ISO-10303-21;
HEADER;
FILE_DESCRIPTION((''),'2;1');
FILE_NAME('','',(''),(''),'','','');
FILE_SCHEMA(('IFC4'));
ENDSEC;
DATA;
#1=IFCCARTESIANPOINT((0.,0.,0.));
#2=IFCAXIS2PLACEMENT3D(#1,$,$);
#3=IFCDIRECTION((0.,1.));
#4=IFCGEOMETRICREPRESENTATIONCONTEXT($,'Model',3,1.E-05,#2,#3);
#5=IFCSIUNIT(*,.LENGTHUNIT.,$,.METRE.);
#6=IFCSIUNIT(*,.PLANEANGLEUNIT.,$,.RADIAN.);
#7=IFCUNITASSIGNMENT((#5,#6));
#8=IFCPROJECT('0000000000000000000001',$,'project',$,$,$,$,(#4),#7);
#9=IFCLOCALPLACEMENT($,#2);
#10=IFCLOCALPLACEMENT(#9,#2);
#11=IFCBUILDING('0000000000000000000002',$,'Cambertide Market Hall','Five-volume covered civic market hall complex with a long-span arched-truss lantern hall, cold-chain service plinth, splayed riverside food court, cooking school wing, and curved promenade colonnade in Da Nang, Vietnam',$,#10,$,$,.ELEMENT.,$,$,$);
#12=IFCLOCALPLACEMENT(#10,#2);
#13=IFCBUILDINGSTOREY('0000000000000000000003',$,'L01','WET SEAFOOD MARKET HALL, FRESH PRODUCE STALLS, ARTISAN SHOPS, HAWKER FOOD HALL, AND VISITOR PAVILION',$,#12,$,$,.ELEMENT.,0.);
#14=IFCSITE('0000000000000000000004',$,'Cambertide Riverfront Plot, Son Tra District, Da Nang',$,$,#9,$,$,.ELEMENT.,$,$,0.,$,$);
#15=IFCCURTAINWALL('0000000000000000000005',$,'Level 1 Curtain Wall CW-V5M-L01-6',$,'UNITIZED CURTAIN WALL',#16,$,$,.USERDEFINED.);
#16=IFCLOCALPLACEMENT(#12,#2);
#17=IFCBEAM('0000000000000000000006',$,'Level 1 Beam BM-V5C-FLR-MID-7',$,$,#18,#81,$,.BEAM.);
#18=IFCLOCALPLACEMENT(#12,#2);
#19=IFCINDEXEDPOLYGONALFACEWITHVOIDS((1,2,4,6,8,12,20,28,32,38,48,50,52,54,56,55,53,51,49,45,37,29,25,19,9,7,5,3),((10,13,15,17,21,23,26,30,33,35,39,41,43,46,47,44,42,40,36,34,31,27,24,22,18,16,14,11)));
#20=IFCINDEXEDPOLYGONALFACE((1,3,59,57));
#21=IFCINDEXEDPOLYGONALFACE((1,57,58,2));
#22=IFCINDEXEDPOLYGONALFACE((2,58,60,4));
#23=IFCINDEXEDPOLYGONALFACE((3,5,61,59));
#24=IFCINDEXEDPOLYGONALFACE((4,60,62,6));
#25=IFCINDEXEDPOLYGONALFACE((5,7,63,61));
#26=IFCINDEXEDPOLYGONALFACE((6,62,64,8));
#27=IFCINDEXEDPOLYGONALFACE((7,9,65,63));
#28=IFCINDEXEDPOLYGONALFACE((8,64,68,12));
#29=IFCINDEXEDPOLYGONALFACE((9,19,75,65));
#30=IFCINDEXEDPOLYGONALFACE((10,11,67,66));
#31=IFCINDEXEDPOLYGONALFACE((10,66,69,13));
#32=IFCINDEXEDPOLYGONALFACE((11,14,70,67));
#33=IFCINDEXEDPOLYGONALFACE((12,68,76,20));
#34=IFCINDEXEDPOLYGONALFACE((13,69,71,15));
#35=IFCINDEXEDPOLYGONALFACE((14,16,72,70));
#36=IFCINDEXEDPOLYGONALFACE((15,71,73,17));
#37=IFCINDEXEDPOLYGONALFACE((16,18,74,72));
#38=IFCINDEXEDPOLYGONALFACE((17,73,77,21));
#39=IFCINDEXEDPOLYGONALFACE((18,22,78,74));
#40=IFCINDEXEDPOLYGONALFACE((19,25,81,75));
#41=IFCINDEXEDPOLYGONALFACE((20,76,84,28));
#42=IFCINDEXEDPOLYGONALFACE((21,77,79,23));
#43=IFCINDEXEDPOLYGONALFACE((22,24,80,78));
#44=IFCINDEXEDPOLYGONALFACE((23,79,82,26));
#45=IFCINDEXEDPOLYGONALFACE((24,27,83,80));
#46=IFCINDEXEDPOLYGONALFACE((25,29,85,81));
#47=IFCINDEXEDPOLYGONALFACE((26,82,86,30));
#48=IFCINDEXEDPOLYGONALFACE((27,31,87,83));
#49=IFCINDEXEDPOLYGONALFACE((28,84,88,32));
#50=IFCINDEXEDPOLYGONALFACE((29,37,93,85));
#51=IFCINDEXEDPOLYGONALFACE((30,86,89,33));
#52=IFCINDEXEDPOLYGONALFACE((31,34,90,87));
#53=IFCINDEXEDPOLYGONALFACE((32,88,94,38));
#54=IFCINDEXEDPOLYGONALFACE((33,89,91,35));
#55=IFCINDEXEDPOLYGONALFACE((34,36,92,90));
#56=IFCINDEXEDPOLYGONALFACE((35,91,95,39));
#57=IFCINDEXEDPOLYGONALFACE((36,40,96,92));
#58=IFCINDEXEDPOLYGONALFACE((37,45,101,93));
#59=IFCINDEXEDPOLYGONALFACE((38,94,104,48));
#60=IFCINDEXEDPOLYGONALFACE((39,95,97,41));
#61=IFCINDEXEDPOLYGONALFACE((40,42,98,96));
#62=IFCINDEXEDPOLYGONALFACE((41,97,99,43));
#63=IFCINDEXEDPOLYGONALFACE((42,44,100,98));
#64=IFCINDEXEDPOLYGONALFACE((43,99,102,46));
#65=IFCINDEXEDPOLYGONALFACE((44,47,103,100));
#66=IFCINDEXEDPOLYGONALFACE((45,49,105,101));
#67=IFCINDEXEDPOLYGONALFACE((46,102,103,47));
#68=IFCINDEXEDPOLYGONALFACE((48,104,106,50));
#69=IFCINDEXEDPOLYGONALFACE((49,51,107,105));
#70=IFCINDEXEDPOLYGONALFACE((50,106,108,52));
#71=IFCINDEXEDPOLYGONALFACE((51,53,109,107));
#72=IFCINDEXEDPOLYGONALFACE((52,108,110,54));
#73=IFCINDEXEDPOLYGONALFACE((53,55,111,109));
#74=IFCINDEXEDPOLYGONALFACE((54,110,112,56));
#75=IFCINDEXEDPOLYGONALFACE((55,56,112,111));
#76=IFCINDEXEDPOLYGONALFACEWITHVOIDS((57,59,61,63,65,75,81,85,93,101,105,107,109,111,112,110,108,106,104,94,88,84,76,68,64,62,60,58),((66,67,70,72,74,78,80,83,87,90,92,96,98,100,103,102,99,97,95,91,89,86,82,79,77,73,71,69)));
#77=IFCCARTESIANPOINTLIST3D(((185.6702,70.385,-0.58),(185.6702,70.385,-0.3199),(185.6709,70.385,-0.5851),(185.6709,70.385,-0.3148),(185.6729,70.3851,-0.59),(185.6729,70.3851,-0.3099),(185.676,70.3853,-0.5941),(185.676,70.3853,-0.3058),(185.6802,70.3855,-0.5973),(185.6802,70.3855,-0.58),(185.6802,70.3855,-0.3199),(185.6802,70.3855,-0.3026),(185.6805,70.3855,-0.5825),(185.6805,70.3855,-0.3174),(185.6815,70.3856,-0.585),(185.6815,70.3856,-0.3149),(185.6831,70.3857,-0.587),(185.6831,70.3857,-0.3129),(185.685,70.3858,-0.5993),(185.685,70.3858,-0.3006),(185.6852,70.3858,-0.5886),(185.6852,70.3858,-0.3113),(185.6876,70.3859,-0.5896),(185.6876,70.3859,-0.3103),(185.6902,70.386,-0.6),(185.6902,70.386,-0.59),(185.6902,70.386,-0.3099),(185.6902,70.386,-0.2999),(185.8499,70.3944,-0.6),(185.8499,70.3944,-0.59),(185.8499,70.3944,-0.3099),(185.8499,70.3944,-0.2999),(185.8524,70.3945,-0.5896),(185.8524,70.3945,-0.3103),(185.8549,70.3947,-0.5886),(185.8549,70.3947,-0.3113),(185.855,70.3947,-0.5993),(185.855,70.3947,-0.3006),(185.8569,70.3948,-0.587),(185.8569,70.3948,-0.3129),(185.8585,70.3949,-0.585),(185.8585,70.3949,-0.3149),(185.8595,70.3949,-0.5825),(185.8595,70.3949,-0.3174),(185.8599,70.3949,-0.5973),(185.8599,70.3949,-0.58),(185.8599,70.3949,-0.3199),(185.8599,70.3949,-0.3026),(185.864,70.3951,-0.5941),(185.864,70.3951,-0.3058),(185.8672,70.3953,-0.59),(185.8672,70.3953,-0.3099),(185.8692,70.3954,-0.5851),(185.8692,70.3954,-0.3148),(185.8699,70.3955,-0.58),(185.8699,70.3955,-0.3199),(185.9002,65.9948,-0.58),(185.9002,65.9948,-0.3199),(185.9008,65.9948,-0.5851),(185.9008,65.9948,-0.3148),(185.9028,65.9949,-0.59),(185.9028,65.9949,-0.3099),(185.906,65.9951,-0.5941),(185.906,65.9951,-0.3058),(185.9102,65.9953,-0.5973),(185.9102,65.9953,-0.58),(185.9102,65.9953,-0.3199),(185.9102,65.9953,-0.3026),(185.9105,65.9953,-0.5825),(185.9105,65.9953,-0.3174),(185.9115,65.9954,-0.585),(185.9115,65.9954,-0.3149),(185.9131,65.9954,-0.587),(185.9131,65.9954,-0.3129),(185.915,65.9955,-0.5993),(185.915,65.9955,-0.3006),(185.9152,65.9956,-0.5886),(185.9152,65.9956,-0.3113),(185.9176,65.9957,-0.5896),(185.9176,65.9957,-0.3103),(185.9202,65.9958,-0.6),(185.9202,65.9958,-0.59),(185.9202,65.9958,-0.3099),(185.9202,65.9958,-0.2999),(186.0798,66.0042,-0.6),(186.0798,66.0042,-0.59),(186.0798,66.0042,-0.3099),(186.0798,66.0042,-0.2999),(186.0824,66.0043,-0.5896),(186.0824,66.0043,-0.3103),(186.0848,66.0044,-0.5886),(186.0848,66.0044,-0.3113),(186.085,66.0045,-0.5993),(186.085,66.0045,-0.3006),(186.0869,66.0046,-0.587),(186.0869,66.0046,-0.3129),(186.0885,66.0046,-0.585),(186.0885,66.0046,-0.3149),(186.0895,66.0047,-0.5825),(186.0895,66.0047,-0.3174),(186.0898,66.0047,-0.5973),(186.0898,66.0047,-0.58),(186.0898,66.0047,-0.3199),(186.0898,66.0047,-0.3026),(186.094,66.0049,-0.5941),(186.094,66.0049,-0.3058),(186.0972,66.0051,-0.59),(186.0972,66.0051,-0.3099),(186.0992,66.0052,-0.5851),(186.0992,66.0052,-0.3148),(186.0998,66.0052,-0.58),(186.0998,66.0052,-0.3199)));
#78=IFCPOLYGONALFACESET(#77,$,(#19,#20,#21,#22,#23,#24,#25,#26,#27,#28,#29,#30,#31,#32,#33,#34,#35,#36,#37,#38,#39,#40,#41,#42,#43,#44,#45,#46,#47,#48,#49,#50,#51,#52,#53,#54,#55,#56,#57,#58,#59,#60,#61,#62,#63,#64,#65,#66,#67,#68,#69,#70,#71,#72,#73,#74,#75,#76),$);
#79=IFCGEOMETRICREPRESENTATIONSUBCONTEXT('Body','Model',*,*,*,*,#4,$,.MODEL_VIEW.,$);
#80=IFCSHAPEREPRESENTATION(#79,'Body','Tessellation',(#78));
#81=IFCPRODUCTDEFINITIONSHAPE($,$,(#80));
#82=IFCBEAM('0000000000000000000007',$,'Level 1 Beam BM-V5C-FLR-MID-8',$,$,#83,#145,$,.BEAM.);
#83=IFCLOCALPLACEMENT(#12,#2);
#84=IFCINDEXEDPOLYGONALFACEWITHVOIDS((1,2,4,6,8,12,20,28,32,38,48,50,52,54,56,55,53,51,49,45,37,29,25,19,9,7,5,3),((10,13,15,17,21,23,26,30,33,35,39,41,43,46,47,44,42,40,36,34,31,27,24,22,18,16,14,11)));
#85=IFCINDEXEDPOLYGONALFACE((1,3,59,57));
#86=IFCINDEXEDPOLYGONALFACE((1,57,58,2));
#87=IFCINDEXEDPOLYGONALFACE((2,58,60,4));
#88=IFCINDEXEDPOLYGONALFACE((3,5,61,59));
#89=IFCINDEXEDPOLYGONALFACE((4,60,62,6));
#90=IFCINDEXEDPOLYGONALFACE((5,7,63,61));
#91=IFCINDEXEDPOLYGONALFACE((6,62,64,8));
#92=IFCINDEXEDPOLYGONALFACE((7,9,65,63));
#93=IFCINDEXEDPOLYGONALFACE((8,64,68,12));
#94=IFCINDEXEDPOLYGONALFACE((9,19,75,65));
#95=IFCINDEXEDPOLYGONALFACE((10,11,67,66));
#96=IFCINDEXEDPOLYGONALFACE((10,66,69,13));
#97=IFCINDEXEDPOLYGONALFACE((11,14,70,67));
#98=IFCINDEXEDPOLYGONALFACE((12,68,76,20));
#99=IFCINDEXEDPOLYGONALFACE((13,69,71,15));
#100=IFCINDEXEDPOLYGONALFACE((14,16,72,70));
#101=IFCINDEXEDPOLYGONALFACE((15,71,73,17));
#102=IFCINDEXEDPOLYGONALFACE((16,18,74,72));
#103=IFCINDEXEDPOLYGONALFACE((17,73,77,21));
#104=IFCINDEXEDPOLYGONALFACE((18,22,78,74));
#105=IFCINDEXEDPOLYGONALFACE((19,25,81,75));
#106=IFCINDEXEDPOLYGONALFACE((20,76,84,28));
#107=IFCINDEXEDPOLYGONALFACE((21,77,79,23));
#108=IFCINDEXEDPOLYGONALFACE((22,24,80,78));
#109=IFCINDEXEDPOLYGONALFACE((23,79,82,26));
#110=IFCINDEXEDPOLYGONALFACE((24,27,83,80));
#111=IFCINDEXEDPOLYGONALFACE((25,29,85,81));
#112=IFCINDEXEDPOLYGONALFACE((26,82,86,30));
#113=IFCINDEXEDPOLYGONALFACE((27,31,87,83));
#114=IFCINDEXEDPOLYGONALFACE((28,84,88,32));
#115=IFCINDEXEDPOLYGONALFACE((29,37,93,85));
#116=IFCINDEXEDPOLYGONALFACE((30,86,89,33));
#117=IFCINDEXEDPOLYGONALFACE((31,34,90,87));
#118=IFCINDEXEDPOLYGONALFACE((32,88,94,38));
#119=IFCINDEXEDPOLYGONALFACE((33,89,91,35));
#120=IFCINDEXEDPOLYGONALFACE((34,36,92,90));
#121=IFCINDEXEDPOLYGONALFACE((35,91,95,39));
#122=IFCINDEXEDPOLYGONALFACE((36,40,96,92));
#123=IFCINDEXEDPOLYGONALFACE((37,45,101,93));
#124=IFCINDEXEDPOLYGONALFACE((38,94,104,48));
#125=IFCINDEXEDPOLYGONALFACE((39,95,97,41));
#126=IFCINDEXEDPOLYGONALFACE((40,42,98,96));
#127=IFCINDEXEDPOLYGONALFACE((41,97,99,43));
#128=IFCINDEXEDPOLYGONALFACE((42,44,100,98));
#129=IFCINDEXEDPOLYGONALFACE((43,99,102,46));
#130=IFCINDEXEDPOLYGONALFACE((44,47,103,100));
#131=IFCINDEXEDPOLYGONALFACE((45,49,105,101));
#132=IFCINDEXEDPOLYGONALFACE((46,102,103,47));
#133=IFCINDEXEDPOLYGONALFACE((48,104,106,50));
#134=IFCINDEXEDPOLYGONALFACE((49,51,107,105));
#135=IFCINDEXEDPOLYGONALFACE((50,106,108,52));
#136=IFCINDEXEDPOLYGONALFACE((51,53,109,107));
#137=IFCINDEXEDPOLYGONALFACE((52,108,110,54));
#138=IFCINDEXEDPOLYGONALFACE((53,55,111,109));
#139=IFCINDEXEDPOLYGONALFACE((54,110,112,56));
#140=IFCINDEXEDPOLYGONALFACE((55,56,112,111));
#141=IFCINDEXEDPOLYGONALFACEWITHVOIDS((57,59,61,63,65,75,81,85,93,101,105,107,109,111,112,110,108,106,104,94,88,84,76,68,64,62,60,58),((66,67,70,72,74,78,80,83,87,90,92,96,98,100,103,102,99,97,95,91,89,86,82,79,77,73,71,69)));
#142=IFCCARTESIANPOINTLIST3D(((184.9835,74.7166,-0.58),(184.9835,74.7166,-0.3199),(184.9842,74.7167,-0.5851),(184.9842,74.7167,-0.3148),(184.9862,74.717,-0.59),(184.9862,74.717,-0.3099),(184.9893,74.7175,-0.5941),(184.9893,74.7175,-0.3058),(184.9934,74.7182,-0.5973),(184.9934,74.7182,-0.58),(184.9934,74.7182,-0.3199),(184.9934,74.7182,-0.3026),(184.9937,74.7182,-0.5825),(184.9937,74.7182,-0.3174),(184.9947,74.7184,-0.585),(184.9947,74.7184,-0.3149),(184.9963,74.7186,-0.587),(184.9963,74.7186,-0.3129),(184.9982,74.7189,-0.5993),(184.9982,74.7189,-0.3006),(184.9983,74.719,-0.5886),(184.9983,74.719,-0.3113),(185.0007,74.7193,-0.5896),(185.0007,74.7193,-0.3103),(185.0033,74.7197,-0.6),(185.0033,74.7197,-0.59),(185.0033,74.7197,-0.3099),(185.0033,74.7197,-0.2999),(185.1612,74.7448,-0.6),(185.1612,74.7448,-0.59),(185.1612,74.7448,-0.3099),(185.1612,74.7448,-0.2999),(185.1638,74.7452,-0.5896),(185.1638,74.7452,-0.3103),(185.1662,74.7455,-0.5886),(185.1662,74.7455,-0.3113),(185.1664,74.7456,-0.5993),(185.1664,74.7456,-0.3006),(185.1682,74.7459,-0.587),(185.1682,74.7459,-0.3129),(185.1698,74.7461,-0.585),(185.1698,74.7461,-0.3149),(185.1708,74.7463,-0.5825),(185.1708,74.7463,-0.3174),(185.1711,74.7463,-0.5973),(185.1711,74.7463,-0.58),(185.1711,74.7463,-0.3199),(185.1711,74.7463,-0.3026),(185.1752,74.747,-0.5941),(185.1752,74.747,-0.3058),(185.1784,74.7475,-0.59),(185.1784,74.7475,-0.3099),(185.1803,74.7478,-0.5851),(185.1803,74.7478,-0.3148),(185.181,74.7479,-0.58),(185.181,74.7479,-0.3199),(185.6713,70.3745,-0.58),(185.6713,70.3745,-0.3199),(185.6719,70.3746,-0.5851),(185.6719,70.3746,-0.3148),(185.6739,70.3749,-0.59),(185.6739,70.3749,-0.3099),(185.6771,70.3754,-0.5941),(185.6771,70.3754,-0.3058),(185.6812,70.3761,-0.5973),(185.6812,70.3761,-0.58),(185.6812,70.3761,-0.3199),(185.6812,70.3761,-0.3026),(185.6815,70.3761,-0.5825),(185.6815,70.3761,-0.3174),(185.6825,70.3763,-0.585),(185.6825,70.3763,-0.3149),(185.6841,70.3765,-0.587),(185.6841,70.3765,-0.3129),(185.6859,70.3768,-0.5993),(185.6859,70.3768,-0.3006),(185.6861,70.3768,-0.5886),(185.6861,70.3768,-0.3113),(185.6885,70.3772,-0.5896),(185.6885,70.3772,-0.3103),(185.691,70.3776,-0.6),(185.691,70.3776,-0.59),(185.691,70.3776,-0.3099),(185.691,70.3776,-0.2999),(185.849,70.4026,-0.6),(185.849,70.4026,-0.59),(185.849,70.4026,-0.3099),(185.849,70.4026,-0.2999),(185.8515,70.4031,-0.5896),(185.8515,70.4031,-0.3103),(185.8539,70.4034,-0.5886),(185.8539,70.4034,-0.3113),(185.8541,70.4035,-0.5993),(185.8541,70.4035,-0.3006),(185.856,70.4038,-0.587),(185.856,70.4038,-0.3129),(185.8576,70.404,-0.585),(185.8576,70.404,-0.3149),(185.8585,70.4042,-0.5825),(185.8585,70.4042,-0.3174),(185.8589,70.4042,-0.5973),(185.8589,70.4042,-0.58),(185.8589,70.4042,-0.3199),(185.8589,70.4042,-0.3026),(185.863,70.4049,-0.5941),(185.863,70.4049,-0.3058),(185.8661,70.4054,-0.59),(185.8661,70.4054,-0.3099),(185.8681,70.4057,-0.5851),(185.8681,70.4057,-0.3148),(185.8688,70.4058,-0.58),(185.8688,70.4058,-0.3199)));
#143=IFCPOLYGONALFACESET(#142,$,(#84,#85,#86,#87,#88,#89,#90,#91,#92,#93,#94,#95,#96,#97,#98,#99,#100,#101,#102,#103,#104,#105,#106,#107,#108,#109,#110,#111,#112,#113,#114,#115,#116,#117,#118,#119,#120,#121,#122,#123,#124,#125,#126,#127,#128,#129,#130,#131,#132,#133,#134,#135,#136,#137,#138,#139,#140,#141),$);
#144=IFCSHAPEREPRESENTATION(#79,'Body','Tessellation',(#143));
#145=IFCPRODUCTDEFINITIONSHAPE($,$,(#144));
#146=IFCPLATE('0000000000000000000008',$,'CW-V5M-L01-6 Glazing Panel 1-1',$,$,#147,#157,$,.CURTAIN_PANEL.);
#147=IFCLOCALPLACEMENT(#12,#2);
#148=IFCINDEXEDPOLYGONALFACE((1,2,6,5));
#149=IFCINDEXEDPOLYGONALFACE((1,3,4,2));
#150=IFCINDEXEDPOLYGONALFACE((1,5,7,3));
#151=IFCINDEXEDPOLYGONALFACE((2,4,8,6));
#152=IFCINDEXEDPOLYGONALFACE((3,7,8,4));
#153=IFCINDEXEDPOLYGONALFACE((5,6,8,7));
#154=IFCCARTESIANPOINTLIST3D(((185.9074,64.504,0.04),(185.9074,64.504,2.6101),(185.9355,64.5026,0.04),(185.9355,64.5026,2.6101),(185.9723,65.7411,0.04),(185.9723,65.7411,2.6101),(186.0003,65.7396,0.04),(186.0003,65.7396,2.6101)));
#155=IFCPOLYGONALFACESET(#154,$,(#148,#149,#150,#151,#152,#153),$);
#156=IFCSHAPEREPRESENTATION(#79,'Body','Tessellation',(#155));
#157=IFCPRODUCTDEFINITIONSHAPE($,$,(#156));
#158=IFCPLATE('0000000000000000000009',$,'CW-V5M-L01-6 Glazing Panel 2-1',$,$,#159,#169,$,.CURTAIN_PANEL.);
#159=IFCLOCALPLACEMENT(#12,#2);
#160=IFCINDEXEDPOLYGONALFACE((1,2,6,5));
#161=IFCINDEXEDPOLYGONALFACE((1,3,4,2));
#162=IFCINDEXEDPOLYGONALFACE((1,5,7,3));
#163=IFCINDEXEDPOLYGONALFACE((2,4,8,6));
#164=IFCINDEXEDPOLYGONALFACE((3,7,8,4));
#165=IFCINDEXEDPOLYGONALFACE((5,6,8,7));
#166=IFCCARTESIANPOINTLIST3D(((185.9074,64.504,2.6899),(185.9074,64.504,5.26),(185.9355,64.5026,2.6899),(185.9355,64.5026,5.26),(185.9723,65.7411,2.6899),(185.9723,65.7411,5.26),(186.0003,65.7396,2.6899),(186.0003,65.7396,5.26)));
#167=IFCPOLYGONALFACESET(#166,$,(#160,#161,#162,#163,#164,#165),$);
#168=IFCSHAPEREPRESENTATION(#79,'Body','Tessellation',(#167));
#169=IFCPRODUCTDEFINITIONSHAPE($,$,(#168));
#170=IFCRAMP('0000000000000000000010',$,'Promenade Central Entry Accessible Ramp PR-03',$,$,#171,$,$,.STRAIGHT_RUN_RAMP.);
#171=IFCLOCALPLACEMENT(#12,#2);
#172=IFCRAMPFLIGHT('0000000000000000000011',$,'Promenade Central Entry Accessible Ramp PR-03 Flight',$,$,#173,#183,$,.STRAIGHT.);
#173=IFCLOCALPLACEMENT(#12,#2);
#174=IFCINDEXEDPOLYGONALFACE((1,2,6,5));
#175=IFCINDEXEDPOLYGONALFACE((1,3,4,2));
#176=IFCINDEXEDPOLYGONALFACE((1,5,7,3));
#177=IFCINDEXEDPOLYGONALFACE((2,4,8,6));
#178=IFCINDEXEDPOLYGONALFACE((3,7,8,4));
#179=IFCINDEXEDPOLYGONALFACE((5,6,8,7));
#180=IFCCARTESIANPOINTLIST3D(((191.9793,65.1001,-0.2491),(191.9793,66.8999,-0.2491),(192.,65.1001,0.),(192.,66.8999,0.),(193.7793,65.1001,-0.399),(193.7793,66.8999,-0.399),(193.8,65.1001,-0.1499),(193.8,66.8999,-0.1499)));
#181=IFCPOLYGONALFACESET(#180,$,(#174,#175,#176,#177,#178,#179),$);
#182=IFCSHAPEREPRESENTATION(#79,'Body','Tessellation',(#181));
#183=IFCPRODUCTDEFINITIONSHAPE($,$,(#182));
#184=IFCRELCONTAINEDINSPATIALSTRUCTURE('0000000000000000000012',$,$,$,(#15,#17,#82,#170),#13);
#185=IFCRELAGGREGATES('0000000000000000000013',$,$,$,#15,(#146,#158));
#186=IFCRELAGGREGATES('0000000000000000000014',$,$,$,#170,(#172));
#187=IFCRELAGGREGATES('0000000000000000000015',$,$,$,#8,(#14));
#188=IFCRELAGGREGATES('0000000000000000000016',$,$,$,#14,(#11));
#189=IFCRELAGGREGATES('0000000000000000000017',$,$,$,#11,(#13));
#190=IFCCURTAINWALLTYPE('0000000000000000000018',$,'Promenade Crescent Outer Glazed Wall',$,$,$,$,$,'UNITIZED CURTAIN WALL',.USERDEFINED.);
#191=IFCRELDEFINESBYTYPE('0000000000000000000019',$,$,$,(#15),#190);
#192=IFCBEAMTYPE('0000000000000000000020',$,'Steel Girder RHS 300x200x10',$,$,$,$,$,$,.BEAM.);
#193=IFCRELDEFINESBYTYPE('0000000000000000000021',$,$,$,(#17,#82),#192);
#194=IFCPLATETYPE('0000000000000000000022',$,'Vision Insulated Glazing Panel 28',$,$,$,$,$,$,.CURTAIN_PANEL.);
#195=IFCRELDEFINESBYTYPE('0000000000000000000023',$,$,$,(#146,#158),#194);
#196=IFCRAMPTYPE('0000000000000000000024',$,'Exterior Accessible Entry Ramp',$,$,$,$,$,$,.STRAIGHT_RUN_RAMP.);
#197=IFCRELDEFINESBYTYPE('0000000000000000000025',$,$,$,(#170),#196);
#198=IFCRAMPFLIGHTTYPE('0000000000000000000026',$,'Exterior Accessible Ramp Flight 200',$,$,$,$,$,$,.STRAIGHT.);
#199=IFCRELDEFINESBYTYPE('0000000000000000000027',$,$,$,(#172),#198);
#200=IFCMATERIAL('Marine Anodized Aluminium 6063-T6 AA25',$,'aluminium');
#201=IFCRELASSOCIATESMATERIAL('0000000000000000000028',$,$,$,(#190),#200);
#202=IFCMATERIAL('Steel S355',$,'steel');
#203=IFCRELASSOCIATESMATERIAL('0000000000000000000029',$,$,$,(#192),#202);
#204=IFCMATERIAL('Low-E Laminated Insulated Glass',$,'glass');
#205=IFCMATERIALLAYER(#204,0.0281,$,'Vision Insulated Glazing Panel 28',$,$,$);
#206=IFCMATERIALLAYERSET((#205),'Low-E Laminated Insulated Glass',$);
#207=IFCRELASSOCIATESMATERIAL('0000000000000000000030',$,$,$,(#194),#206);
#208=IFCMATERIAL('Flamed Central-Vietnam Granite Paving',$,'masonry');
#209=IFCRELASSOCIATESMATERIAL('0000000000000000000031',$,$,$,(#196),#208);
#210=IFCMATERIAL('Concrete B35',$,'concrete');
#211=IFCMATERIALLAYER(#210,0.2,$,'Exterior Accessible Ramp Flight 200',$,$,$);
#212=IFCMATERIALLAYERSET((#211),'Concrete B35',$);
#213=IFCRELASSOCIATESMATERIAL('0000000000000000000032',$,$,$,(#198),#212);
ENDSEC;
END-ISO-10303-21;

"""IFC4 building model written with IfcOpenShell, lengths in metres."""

from ifc_helpers import new_model, si_unit, direction, frame, origin, origin_2d, place, context, subcontext, project, spatial, polyline, rectangle, hollow_rectangle, outline, extrude, material, layer, layer_set, material_profile, profile_set, type_object, element, aggregate, save


model = new_model("IFC4")

# Units and contexts
model_context = context("Model", 3, precision=1e-05, world=origin(), true_north=direction((0.0, 1.0)))
body_context = subcontext(model_context, "Body", "Model", "MODEL_VIEW")
ifc_project = project(units=[si_unit("LENGTHUNIT", "METRE"), si_unit("PLANEANGLEUNIT", "RADIAN")], contexts=[model_context])

# Site, building, storey
site_placement = place(None, origin())
site = spatial("IfcSite", under=ifc_project, at=site_placement, Name="Cambertide Riverfront Plot, Son Tra District, Da Nang", CompositionType="ELEMENT", RefElevation=0.0)
building_placement = place(site_placement, origin())
building = spatial("IfcBuilding", under=site, at=building_placement, Name="Cambertide Market Hall", Description="Five-volume covered civic market hall complex with a long-span arched-truss lantern hall, cold-chain service plinth, splayed riverside food court, cooking school wing, and curved promenade colonnade in Da Nang, Vietnam", CompositionType="ELEMENT")
storey_placement = place(building_placement, origin())
storey = spatial("IfcBuildingStorey", under=building, at=storey_placement, Name="L01", Description="WET SEAFOOD MARKET HALL, FRESH PRODUCE STALLS, ARTISAN SHOPS, HAWKER FOOD HALL, AND VISITOR PAVILION", CompositionType="ELEMENT", Elevation=0.0)

# Curtain wall
ifc_material_1 = material(Name="Marine Anodized Aluminium 6063-T6 AA25", Category="aluminium")
curtain_wall_type = type_object("IfcCurtainWallType", Name="Promenade Crescent Outer Glazed Wall", ElementType="UNITIZED CURTAIN WALL", PredefinedType="USERDEFINED", material=ifc_material_1)
curtain_wall_placement = place(storey_placement, origin())
curtain_wall = element("IfcCurtainWall", 1, at=curtain_wall_placement, inside=storey, type_object=curtain_wall_type, Name="Level 1 Curtain Wall CW-V5M-L01-6", ObjectType="UNITIZED CURTAIN WALL", PredefinedType="USERDEFINED")

# Beams
ifc_material_2 = material(Name="Steel S355", Category="steel")
ifc_material_profile_1 = material_profile(ifc_material_2, hollow_rectangle(XDim=0.2, YDim=0.3, WallThickness=0.01, InnerFilletRadius=0.01, OuterFilletRadius=0.02, at=origin_2d()), Name="RHS 300x200x10")
ifc_profile_set_1 = profile_set([ifc_material_profile_1], Name="Steel S355")
beam_type_1 = type_object("IfcBeamType", Name="Steel Girder RHS 300x200x10", PredefinedType="BEAM", material=ifc_profile_set_1)
for number, where, z_axis, x_axis, name in (
    (2, (186.0, 66.0, -0.45), (-0.052314, 0.998631, 0.0), (-0.998631, -0.052314, 0.0), "Level 1 Beam BM-V5C-FLR-MID-7"),
    (3, (185.77, 70.3901, -0.45), (-0.156442, 0.987687, 0.0), (-0.987687, -0.156442, 0.0), "Level 1 Beam BM-V5C-FLR-MID-8"),
):
    element("IfcBeam", number, at=place(storey_placement, frame(where, z_axis=z_axis, x_axis=x_axis)), inside=storey, type_object=beam_type_1, Name=name, PredefinedType="BEAM", context=body_context, shape_type="SweptSolid", body=[
        extrude(hollow_rectangle(XDim=0.2, YDim=0.3, WallThickness=0.01, InnerFilletRadius=0.01, OuterFilletRadius=0.02, at=origin_2d()), origin(), (0.0, 0.0, 1.0), 4.3962),
    ])

# Plates
ifc_material_3 = material(Name="Low-E Laminated Insulated Glass", Category="glass")
ifc_layer_1 = layer(ifc_material_3, 0.0281, Name="Vision Insulated Glazing Panel 28")
ifc_layer_set_1 = layer_set([ifc_layer_1], Name="Low-E Laminated Insulated Glass")
plate_type = type_object("IfcPlateType", Name="Vision Insulated Glazing Panel 28", PredefinedType="CURTAIN_PANEL", material=ifc_layer_set_1)
plate_1_placement = place(storey_placement, frame((185.9539, 65.1218, 0.04), z_axis=(0.0, 0.0, 1.0), x_axis=(-0.052336, -0.99863, 0.0)))
plate_1 = element("IfcPlate", 4, at=plate_1_placement, type_object=plate_type, Name="CW-V5M-L01-6 Glazing Panel 1-1", PredefinedType="CURTAIN_PANEL", context=body_context, shape_type="SweptSolid", body=[
    extrude(rectangle(XDim=1.2388, YDim=0.0281, at=origin_2d()), origin(), (0.0, 0.0, 1.0), 2.5701),
])
plate_2_placement = place(storey_placement, frame((185.9539, 65.1218, 2.6899), z_axis=(0.0, 0.0, 1.0), x_axis=(-0.052336, -0.99863, 0.0)))
plate_2 = element("IfcPlate", 5, at=plate_2_placement, type_object=plate_type, Name="CW-V5M-L01-6 Glazing Panel 2-1", PredefinedType="CURTAIN_PANEL", context=body_context, shape_type="SweptSolid", body=[
    extrude(rectangle(XDim=1.2388, YDim=0.0281, at=origin_2d()), origin(), (0.0, 0.0, 1.0), 2.5701),
])
aggregate(curtain_wall, [plate_1, plate_2])

# Ramp, ramp flight
ifc_material_4 = material(Name="Flamed Central-Vietnam Granite Paving", Category="masonry")
ramp_type = type_object("IfcRampType", Name="Exterior Accessible Entry Ramp", PredefinedType="STRAIGHT_RUN_RAMP", material=ifc_material_4)
ramp_placement = place(storey_placement, origin())
ramp = element("IfcRamp", 6, at=ramp_placement, inside=storey, type_object=ramp_type, Name="Promenade Central Entry Accessible Ramp PR-03", PredefinedType="STRAIGHT_RUN_RAMP")
ifc_material_5 = material(Name="Concrete B35", Category="concrete")
ifc_layer_2 = layer(ifc_material_5, 0.2, Name="Exterior Accessible Ramp Flight 200")
ifc_layer_set_2 = layer_set([ifc_layer_2], Name="Concrete B35")
ramp_flight_type = type_object("IfcRampFlightType", Name="Exterior Accessible Ramp Flight 200", PredefinedType="STRAIGHT", material=ifc_layer_set_2)
ramp_flight_placement = place(storey_placement, frame((193.8, 66.8999, -0.1499), z_axis=(0.08299, 0.0, 0.99655), x_axis=(-0.99655, 0.0, 0.08299)))
ramp_flight = element("IfcRampFlight", 7, at=ramp_flight_placement, type_object=ramp_flight_type, Name="Promenade Central Entry Accessible Ramp PR-03 Flight", PredefinedType="STRAIGHT", context=body_context, shape_type="SweptSolid", body=[
    extrude(outline(polyline([(0.0, 0.0), (1.8063, 0.0), (1.8063, 1.7998), (0.0, 1.7998), (0.0, 0.0)])), origin(), (0.0, 0.0, -1.0), 0.25),
])
aggregate(ramp, [ramp_flight])

save(model, "model.ifc")
